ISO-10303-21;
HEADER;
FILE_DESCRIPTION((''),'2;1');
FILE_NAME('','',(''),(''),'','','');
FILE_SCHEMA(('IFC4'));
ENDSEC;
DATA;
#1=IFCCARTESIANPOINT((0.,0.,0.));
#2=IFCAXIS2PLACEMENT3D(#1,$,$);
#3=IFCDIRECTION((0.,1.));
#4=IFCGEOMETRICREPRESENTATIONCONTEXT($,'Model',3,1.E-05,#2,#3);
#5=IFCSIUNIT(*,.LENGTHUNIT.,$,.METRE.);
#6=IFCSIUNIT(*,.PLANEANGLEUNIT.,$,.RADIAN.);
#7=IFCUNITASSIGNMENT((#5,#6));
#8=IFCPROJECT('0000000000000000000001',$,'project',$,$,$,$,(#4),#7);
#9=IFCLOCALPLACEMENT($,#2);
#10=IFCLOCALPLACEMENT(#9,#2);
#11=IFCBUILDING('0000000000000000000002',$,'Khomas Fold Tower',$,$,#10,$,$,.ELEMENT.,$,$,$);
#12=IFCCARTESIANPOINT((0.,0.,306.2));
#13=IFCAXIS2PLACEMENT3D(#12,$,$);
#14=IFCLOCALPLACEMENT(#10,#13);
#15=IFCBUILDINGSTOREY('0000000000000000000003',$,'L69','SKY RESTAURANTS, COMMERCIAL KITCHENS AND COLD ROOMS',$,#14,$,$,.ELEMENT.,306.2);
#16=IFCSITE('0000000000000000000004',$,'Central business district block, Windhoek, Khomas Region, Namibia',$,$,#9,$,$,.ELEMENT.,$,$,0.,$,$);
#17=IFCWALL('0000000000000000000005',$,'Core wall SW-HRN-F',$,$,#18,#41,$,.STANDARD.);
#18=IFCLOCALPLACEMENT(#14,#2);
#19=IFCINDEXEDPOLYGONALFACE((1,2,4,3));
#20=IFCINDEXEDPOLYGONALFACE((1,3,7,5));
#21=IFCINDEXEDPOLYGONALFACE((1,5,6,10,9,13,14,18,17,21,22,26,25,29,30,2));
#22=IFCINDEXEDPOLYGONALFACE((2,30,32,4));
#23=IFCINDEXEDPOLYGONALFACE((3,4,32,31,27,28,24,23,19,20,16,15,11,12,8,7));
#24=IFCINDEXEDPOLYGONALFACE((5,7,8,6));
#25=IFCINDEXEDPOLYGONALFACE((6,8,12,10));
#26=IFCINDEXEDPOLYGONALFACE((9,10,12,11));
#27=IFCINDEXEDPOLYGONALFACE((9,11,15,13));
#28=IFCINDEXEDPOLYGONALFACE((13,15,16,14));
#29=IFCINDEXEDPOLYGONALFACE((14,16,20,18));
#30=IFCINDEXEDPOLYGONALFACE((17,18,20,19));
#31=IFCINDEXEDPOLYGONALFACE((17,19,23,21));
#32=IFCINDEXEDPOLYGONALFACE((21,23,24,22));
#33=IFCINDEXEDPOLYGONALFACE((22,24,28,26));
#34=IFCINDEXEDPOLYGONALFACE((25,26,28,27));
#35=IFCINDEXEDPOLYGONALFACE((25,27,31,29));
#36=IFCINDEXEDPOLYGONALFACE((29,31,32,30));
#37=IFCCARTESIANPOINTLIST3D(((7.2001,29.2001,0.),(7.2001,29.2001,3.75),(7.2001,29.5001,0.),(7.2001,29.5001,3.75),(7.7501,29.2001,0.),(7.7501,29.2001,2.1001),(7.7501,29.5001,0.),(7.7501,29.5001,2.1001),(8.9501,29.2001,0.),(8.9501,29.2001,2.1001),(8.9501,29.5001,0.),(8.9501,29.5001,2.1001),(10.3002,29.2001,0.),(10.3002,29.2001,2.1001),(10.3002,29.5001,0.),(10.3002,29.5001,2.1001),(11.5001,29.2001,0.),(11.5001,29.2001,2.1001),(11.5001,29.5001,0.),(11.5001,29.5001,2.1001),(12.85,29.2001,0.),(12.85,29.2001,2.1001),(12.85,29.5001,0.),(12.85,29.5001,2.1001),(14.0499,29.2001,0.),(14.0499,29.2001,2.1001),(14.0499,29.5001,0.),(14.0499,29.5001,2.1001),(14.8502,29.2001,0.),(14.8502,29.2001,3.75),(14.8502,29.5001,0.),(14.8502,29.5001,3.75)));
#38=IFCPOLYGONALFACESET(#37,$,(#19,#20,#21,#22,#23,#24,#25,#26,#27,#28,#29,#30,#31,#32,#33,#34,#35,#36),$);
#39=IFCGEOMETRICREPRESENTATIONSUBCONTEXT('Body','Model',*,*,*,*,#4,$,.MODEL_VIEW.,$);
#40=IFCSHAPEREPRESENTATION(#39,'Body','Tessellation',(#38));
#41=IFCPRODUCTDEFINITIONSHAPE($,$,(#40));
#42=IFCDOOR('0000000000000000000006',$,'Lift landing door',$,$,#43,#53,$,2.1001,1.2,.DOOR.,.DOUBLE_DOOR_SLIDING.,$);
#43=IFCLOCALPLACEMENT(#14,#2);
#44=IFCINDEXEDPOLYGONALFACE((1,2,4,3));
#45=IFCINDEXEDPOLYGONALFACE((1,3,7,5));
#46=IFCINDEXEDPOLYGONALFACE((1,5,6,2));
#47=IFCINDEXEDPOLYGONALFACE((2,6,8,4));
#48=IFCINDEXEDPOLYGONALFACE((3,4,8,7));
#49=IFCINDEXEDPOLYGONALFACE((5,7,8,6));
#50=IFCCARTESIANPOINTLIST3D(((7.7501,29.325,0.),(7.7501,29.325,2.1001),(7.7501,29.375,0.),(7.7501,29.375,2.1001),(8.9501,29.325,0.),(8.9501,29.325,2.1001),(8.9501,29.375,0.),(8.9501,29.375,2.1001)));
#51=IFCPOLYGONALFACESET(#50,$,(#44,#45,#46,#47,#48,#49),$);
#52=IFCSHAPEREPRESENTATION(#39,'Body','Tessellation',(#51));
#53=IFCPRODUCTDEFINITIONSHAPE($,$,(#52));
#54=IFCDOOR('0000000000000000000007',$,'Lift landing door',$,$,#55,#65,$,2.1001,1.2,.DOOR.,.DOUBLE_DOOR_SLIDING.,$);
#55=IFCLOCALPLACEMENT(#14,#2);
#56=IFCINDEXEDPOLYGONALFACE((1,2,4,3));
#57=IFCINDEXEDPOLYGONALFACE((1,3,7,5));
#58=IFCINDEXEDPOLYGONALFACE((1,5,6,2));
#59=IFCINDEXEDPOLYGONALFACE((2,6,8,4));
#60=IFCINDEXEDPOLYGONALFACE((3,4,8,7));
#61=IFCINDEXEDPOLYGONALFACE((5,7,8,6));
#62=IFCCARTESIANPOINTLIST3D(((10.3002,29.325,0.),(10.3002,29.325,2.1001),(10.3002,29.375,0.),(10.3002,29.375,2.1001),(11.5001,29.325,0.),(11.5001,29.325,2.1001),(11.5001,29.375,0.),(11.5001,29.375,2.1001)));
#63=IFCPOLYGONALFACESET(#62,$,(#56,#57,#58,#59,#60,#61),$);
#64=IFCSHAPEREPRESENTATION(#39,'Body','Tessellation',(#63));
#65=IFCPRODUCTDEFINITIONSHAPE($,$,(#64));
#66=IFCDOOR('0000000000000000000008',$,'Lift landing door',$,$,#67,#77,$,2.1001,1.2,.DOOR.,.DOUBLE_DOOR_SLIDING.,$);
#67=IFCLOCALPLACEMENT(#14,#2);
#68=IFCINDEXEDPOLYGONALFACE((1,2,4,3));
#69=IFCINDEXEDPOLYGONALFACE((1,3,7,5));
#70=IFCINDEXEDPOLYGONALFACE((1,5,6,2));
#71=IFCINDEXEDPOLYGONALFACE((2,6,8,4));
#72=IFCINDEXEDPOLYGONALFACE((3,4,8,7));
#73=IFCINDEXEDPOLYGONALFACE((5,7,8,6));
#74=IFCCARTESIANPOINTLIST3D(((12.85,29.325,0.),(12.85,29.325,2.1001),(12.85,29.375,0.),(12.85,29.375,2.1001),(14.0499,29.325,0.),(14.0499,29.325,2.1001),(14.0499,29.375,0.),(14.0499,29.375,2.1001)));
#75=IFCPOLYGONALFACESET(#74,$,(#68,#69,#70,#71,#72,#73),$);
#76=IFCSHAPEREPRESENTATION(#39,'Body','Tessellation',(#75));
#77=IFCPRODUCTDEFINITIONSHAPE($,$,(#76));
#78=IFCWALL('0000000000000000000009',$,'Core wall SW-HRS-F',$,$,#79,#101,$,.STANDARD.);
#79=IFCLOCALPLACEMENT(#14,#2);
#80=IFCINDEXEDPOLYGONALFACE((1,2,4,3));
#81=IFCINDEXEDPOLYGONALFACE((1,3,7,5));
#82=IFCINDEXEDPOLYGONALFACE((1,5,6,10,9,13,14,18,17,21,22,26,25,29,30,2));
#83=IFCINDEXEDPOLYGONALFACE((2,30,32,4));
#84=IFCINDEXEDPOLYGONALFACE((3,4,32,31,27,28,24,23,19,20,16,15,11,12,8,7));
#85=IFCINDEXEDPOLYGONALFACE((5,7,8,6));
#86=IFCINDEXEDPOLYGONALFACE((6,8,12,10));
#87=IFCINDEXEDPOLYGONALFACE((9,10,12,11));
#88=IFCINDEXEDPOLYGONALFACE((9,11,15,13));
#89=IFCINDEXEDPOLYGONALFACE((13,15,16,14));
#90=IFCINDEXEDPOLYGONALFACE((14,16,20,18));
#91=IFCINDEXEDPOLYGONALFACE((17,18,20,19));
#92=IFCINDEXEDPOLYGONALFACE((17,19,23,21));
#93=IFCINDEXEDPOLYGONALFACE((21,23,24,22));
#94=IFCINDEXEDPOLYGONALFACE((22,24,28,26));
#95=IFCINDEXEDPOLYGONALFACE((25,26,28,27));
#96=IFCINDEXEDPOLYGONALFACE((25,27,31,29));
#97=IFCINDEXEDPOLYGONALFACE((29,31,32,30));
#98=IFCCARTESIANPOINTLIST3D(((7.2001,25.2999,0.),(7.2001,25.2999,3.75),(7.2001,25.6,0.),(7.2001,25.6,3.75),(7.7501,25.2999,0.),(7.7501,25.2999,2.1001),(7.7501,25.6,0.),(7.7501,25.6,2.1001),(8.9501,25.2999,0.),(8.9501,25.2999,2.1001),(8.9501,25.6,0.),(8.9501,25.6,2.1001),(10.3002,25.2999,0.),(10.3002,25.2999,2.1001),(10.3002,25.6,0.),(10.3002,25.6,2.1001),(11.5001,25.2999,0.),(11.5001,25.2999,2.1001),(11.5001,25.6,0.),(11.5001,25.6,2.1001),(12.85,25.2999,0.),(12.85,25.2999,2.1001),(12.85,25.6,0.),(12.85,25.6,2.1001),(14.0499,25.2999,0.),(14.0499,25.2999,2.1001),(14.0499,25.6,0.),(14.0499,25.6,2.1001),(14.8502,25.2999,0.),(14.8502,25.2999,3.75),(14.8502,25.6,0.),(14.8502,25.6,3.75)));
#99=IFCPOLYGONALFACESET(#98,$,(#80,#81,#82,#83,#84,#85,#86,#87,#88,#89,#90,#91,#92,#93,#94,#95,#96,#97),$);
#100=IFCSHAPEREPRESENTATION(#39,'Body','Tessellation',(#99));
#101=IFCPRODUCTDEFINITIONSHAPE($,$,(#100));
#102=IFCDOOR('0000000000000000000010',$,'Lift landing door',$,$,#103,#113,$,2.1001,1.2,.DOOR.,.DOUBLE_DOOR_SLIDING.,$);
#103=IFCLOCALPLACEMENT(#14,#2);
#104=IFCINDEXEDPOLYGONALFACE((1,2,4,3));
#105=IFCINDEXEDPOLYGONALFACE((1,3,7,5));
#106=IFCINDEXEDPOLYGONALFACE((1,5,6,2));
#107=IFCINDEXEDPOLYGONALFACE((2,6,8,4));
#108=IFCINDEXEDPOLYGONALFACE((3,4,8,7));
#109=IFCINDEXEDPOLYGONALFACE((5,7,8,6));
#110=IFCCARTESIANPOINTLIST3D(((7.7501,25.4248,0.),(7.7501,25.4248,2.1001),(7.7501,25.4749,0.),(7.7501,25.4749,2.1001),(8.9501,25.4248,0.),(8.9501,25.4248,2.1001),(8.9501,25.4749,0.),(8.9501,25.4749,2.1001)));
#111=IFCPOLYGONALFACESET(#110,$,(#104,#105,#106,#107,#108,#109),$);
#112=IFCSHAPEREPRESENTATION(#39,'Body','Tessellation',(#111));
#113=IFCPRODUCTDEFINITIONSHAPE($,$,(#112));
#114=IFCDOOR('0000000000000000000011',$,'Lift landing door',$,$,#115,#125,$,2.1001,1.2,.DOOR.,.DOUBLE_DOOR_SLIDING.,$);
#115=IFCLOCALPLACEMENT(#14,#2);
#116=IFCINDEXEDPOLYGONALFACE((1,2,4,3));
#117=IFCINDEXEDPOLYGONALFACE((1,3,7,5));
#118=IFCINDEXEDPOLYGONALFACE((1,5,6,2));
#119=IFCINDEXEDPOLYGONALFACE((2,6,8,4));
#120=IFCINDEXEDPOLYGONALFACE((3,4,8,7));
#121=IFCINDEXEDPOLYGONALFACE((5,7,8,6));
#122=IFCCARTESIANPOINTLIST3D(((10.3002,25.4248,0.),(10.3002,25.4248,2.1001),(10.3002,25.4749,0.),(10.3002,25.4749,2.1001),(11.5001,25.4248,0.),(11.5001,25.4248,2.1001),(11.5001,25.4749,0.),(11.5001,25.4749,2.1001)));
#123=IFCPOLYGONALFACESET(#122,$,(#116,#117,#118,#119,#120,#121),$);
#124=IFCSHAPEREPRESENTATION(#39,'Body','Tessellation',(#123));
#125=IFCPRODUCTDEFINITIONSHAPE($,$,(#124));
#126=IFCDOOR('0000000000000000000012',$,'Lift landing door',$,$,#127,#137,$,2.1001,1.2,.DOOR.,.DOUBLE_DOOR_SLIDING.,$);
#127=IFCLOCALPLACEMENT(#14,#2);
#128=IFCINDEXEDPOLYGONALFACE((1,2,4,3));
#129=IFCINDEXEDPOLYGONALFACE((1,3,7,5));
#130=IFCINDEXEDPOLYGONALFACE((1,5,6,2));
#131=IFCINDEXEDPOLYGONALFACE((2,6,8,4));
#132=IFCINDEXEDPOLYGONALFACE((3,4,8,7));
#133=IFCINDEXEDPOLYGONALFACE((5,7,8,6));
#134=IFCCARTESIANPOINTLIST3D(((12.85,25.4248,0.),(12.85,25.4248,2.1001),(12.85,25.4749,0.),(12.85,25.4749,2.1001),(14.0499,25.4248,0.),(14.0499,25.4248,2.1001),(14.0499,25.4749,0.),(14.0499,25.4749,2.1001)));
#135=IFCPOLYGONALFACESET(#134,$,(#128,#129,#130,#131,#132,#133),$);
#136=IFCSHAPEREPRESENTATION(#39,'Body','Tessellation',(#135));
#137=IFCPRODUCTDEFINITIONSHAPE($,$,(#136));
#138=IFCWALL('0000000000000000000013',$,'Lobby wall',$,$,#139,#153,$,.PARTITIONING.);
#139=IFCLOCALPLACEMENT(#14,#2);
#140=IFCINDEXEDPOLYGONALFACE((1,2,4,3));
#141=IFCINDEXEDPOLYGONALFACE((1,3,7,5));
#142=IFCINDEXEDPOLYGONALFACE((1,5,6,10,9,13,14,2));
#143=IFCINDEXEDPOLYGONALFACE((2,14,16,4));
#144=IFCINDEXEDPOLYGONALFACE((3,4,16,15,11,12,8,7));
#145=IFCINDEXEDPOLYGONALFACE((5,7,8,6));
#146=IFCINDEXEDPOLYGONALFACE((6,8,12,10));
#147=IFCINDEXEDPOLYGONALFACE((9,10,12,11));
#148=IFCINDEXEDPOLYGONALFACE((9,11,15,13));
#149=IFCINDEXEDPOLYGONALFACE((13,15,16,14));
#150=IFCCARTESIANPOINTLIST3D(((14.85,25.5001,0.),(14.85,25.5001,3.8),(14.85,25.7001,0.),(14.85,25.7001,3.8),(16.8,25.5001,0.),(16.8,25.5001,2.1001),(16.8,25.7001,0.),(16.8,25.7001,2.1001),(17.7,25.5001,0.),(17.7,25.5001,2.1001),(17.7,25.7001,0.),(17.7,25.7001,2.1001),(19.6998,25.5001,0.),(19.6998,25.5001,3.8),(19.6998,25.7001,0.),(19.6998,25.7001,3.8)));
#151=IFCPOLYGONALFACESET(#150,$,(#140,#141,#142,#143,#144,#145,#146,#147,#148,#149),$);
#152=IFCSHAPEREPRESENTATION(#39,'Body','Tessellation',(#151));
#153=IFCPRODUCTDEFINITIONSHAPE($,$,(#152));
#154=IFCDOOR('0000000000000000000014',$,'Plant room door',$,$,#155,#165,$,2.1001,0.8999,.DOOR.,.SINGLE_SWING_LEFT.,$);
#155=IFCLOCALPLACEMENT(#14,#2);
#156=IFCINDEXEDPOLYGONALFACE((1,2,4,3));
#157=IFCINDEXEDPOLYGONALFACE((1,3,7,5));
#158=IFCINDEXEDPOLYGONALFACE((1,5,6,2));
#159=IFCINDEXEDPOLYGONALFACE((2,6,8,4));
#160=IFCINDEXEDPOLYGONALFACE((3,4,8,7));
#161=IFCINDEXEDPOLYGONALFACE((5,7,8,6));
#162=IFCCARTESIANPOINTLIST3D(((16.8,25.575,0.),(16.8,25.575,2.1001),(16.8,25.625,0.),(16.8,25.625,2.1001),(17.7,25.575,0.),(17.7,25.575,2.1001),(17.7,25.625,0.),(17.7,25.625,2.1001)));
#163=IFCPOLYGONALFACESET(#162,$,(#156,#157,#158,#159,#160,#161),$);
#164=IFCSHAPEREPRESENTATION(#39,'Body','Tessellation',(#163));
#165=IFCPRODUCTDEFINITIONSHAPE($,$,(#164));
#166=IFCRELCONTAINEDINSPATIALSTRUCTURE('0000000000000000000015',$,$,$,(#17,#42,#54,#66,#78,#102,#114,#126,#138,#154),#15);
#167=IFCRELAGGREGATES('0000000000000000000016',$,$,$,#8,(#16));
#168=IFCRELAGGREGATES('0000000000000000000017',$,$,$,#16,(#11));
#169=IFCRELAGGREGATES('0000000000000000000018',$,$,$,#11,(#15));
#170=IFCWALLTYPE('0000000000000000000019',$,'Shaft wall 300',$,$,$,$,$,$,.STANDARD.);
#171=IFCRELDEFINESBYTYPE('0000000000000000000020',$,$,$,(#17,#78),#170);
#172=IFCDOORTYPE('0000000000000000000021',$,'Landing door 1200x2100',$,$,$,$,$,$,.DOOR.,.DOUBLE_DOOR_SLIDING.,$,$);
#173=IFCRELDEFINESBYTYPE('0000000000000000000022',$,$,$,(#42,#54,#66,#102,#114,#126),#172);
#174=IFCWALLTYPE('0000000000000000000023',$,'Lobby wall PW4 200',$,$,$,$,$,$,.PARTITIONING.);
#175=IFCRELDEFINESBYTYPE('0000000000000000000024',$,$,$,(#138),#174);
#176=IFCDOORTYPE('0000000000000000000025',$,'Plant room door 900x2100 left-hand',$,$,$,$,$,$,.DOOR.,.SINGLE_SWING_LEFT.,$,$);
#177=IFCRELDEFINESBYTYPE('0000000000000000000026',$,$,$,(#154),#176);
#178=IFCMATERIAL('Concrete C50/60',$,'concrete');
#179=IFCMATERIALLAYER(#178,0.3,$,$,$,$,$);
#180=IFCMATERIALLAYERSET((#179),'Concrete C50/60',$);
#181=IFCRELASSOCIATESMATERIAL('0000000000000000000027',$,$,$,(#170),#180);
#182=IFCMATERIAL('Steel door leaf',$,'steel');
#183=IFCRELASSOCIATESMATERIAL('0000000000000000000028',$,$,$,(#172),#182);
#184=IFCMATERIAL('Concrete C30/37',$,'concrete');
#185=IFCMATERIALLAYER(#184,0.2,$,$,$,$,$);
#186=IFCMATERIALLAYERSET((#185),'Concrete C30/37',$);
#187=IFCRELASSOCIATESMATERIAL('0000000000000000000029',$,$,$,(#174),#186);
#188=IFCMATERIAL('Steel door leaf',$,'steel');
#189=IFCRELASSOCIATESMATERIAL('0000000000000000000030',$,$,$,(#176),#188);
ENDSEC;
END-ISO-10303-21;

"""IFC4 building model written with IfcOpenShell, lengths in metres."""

from ifc_helpers import new_model, si_unit, direction, frame, frame_2d, origin, place, context, subcontext, project, spatial, rectangle, extrude, source, transform, mapped, material, layer, layer_set, type_object, element, fill, save


model = new_model("IFC4")

# Units and contexts
model_context = context("Model", 3, precision=1e-05, world=origin(), true_north=direction((0.0, 1.0)))
body_context = subcontext(model_context, "Body", "Model", "MODEL_VIEW")
ifc_project = project(units=[si_unit("LENGTHUNIT", "METRE"), si_unit("PLANEANGLEUNIT", "RADIAN")], contexts=[model_context])

# Site, building, storey
site_placement = place(None, origin())
site = spatial("IfcSite", under=ifc_project, at=site_placement, Name="Central business district block, Windhoek, Khomas Region, Namibia", CompositionType="ELEMENT", RefElevation=0.0)
building_placement = place(site_placement, origin())
building = spatial("IfcBuilding", under=site, at=building_placement, Name="Khomas Fold Tower", CompositionType="ELEMENT")
storey_placement = place(building_placement, frame((0.0, 0.0, 306.2)))
storey = spatial("IfcBuildingStorey", under=building, at=storey_placement, Name="L69", Description="SKY RESTAURANTS, COMMERCIAL KITCHENS AND COLD ROOMS", CompositionType="ELEMENT", Elevation=306.2)

# Shared definitions
ifc_material_1 = material(Name="Concrete C50/60", Category="concrete")
ifc_layer_1 = layer(ifc_material_1, 0.3)
ifc_layer_set_1 = layer_set([ifc_layer_1], Name="Concrete C50/60")
wall_type_1 = type_object("IfcWallType", Name="Shaft wall 300", PredefinedType="STANDARD", material=ifc_layer_set_1)
shared_shape_1 = source(origin(), body_context, "Body", "SweptSolid", [
    extrude(rectangle(XDim=7.6501, YDim=0.3, at=frame_2d((3.8252, 0.0))), origin(), (0.0, 0.0, 1.0), 3.75),
])

# Walls, openings, doors
wall_1_placement = place(storey_placement, frame((7.2, 29.3501, 0.0), z_axis=(0.0, 0.0, 1.0), x_axis=(1.0, 0.0, 0.0)))
wall_1 = element("IfcWall", 1, at=wall_1_placement, inside=storey, type_object=wall_type_1, Name="Core wall SW-HRN-F", PredefinedType="STANDARD", context=body_context, shape_type="MappedRepresentation", body=[
    mapped(shared_shape_1, transform((0.0, 0.0, 0.0))),
])
shared_shape_2 = source(origin(), body_context, "Body", "SweptSolid", [
    extrude(rectangle(XDim=1.2, YDim=2.1001, at=frame_2d((0.6001, 1.05))), frame((0.0, 0.1599, 0.0), z_axis=(0.0, -1.0, 0.0), x_axis=(1.0, 0.0, 0.0)), (0.0, 0.0, 1.0), 0.3201),
])
opening_1_placement = place(wall_1_placement, frame((0.55, 0.0, 0.0)))
opening_1 = element("IfcOpeningElement", 2, at=opening_1_placement, cuts=wall_1, PredefinedType="OPENING", context=body_context, shape_type="MappedRepresentation", body=[
    mapped(shared_shape_2, transform((0.0, 0.0, 0.0))),
])
opening_2_placement = place(wall_1_placement, frame((3.1001, 0.0, 0.0)))
opening_2 = element("IfcOpeningElement", 3, at=opening_2_placement, cuts=wall_1, PredefinedType="OPENING", context=body_context, shape_type="MappedRepresentation", body=[
    mapped(shared_shape_2, transform((0.0, 0.0, 0.0))),
])
opening_3_placement = place(wall_1_placement, frame((5.6499, 0.0, 0.0)))
opening_3 = element("IfcOpeningElement", 4, at=opening_3_placement, cuts=wall_1, PredefinedType="OPENING", context=body_context, shape_type="MappedRepresentation", body=[
    mapped(shared_shape_2, transform((0.0, 0.0, 0.0))),
])
ifc_material_2 = material(Name="Steel door leaf", Category="steel")
door_type_1 = type_object("IfcDoorType", Name="Landing door 1200x2100", OperationType="DOUBLE_DOOR_SLIDING", PredefinedType="DOOR", material=ifc_material_2)
shared_shape_3 = source(origin(), body_context, "Body", "SweptSolid", [
    extrude(rectangle(XDim=1.2, YDim=2.1001, at=frame_2d((0.6001, 1.05))), frame((0.0, 0.0249, 0.0), z_axis=(0.0, -1.0, 0.0), x_axis=(1.0, 0.0, 0.0)), (0.0, 0.0, 1.0), 0.05),
])
door_1_placement = place(opening_1_placement, origin())
door_1 = element("IfcDoor", 5, at=door_1_placement, inside=storey, type_object=door_type_1, Name="Lift landing door", OperationType="DOUBLE_DOOR_SLIDING", OverallHeight=2.1001, OverallWidth=1.2, PredefinedType="DOOR", context=body_context, shape_type="MappedRepresentation", body=[
    mapped(shared_shape_3, transform((0.0, 0.0, 0.0))),
])
fill(opening_1, door_1)
door_2_placement = place(opening_2_placement, origin())
door_2 = element("IfcDoor", 6, at=door_2_placement, inside=storey, type_object=door_type_1, Name="Lift landing door", OperationType="DOUBLE_DOOR_SLIDING", OverallHeight=2.1001, OverallWidth=1.2, PredefinedType="DOOR", context=body_context, shape_type="MappedRepresentation", body=[
    mapped(shared_shape_3, transform((0.0, 0.0, 0.0))),
])
fill(opening_2, door_2)
door_3_placement = place(opening_3_placement, origin())
door_3 = element("IfcDoor", 7, at=door_3_placement, inside=storey, type_object=door_type_1, Name="Lift landing door", OperationType="DOUBLE_DOOR_SLIDING", OverallHeight=2.1001, OverallWidth=1.2, PredefinedType="DOOR", context=body_context, shape_type="MappedRepresentation", body=[
    mapped(shared_shape_3, transform((0.0, 0.0, 0.0))),
])
fill(opening_3, door_3)
wall_2_placement = place(storey_placement, frame((7.2, 25.45, 0.0), z_axis=(0.0, 0.0, 1.0), x_axis=(1.0, 0.0, 0.0)))
wall_2 = element("IfcWall", 8, at=wall_2_placement, inside=storey, type_object=wall_type_1, Name="Core wall SW-HRS-F", PredefinedType="STANDARD", context=body_context, shape_type="MappedRepresentation", body=[
    mapped(shared_shape_1, transform((0.0, 0.0, 0.0))),
])
opening_4_placement = place(wall_2_placement, frame((0.55, 0.0, 0.0)))
opening_4 = element("IfcOpeningElement", 9, at=opening_4_placement, cuts=wall_2, PredefinedType="OPENING", context=body_context, shape_type="MappedRepresentation", body=[
    mapped(shared_shape_2, transform((0.0, 0.0, 0.0))),
])
opening_5_placement = place(wall_2_placement, frame((3.1001, 0.0, 0.0)))
opening_5 = element("IfcOpeningElement", 10, at=opening_5_placement, cuts=wall_2, PredefinedType="OPENING", context=body_context, shape_type="MappedRepresentation", body=[
    mapped(shared_shape_2, transform((0.0, 0.0, 0.0))),
])
opening_6_placement = place(wall_2_placement, frame((5.6499, 0.0, 0.0)))
opening_6 = element("IfcOpeningElement", 11, at=opening_6_placement, cuts=wall_2, PredefinedType="OPENING", context=body_context, shape_type="MappedRepresentation", body=[
    mapped(shared_shape_2, transform((0.0, 0.0, 0.0))),
])
door_4_placement = place(opening_4_placement, origin())
door_4 = element("IfcDoor", 12, at=door_4_placement, inside=storey, type_object=door_type_1, Name="Lift landing door", OperationType="DOUBLE_DOOR_SLIDING", OverallHeight=2.1001, OverallWidth=1.2, PredefinedType="DOOR", context=body_context, shape_type="MappedRepresentation", body=[
    mapped(shared_shape_3, transform((0.0, 0.0, 0.0))),
])
fill(opening_4, door_4)
door_5_placement = place(opening_5_placement, origin())
door_5 = element("IfcDoor", 13, at=door_5_placement, inside=storey, type_object=door_type_1, Name="Lift landing door", OperationType="DOUBLE_DOOR_SLIDING", OverallHeight=2.1001, OverallWidth=1.2, PredefinedType="DOOR", context=body_context, shape_type="MappedRepresentation", body=[
    mapped(shared_shape_3, transform((0.0, 0.0, 0.0))),
])
fill(opening_5, door_5)
door_6_placement = place(opening_6_placement, origin())
door_6 = element("IfcDoor", 14, at=door_6_placement, inside=storey, type_object=door_type_1, Name="Lift landing door", OperationType="DOUBLE_DOOR_SLIDING", OverallHeight=2.1001, OverallWidth=1.2, PredefinedType="DOOR", context=body_context, shape_type="MappedRepresentation", body=[
    mapped(shared_shape_3, transform((0.0, 0.0, 0.0))),
])
fill(opening_6, door_6)

# Wall, opening, door
ifc_material_3 = material(Name="Concrete C30/37", Category="concrete")
ifc_layer_2 = layer(ifc_material_3, 0.2)
ifc_layer_set_2 = layer_set([ifc_layer_2], Name="Concrete C30/37")
wall_type_2 = type_object("IfcWallType", Name="Lobby wall PW4 200", PredefinedType="PARTITIONING", material=ifc_layer_set_2)
shared_shape_4 = source(origin(), body_context, "Body", "SweptSolid", [
    extrude(rectangle(XDim=4.8499, YDim=0.2, at=frame_2d((2.4248, 0.0))), origin(), (0.0, 0.0, 1.0), 3.8),
])
wall_3_placement = place(storey_placement, frame((14.8501, 25.6001, 0.0), z_axis=(0.0, 0.0, 1.0), x_axis=(1.0, 0.0, 0.0)))
wall_3 = element("IfcWall", 15, at=wall_3_placement, inside=storey, type_object=wall_type_2, Name="Lobby wall", PredefinedType="PARTITIONING", context=body_context, shape_type="MappedRepresentation", body=[
    mapped(shared_shape_4, transform((0.0, 0.0, 0.0))),
])
shared_shape_5 = source(origin(), body_context, "Body", "SweptSolid", [
    extrude(rectangle(XDim=0.8999, YDim=2.1001, at=frame_2d((0.45, 1.05))), frame((0.0, 0.1099, 0.0), z_axis=(0.0, -1.0, 0.0), x_axis=(1.0, 0.0, 0.0)), (0.0, 0.0, 1.0), 0.22),
])
opening_7_placement = place(wall_3_placement, frame((1.95, 0.0, 0.0)))
opening_7 = element("IfcOpeningElement", 16, at=opening_7_placement, cuts=wall_3, PredefinedType="OPENING", context=body_context, shape_type="MappedRepresentation", body=[
    mapped(shared_shape_5, transform((0.0, 0.0, 0.0))),
])
ifc_material_4 = material(Name="Steel door leaf", Category="steel")
door_type_2 = type_object("IfcDoorType", Name="Plant room door 900x2100 left-hand", OperationType="SINGLE_SWING_LEFT", PredefinedType="DOOR", material=ifc_material_4)
shared_shape_6 = source(origin(), body_context, "Body", "SweptSolid", [
    extrude(rectangle(XDim=0.8999, YDim=2.1001, at=frame_2d((0.45, 1.05))), frame((0.0, 0.0249, 0.0), z_axis=(0.0, -1.0, 0.0), x_axis=(1.0, 0.0, 0.0)), (0.0, 0.0, 1.0), 0.05),
])
door_7_placement = place(opening_7_placement, origin())
door_7 = element("IfcDoor", 17, at=door_7_placement, inside=storey, type_object=door_type_2, Name="Plant room door", OperationType="SINGLE_SWING_LEFT", OverallHeight=2.1001, OverallWidth=0.8999, PredefinedType="DOOR", context=body_context, shape_type="MappedRepresentation", body=[
    mapped(shared_shape_6, transform((0.0, 0.0, 0.0))),
])
fill(opening_7, door_7)

save(model, "model.ifc")
